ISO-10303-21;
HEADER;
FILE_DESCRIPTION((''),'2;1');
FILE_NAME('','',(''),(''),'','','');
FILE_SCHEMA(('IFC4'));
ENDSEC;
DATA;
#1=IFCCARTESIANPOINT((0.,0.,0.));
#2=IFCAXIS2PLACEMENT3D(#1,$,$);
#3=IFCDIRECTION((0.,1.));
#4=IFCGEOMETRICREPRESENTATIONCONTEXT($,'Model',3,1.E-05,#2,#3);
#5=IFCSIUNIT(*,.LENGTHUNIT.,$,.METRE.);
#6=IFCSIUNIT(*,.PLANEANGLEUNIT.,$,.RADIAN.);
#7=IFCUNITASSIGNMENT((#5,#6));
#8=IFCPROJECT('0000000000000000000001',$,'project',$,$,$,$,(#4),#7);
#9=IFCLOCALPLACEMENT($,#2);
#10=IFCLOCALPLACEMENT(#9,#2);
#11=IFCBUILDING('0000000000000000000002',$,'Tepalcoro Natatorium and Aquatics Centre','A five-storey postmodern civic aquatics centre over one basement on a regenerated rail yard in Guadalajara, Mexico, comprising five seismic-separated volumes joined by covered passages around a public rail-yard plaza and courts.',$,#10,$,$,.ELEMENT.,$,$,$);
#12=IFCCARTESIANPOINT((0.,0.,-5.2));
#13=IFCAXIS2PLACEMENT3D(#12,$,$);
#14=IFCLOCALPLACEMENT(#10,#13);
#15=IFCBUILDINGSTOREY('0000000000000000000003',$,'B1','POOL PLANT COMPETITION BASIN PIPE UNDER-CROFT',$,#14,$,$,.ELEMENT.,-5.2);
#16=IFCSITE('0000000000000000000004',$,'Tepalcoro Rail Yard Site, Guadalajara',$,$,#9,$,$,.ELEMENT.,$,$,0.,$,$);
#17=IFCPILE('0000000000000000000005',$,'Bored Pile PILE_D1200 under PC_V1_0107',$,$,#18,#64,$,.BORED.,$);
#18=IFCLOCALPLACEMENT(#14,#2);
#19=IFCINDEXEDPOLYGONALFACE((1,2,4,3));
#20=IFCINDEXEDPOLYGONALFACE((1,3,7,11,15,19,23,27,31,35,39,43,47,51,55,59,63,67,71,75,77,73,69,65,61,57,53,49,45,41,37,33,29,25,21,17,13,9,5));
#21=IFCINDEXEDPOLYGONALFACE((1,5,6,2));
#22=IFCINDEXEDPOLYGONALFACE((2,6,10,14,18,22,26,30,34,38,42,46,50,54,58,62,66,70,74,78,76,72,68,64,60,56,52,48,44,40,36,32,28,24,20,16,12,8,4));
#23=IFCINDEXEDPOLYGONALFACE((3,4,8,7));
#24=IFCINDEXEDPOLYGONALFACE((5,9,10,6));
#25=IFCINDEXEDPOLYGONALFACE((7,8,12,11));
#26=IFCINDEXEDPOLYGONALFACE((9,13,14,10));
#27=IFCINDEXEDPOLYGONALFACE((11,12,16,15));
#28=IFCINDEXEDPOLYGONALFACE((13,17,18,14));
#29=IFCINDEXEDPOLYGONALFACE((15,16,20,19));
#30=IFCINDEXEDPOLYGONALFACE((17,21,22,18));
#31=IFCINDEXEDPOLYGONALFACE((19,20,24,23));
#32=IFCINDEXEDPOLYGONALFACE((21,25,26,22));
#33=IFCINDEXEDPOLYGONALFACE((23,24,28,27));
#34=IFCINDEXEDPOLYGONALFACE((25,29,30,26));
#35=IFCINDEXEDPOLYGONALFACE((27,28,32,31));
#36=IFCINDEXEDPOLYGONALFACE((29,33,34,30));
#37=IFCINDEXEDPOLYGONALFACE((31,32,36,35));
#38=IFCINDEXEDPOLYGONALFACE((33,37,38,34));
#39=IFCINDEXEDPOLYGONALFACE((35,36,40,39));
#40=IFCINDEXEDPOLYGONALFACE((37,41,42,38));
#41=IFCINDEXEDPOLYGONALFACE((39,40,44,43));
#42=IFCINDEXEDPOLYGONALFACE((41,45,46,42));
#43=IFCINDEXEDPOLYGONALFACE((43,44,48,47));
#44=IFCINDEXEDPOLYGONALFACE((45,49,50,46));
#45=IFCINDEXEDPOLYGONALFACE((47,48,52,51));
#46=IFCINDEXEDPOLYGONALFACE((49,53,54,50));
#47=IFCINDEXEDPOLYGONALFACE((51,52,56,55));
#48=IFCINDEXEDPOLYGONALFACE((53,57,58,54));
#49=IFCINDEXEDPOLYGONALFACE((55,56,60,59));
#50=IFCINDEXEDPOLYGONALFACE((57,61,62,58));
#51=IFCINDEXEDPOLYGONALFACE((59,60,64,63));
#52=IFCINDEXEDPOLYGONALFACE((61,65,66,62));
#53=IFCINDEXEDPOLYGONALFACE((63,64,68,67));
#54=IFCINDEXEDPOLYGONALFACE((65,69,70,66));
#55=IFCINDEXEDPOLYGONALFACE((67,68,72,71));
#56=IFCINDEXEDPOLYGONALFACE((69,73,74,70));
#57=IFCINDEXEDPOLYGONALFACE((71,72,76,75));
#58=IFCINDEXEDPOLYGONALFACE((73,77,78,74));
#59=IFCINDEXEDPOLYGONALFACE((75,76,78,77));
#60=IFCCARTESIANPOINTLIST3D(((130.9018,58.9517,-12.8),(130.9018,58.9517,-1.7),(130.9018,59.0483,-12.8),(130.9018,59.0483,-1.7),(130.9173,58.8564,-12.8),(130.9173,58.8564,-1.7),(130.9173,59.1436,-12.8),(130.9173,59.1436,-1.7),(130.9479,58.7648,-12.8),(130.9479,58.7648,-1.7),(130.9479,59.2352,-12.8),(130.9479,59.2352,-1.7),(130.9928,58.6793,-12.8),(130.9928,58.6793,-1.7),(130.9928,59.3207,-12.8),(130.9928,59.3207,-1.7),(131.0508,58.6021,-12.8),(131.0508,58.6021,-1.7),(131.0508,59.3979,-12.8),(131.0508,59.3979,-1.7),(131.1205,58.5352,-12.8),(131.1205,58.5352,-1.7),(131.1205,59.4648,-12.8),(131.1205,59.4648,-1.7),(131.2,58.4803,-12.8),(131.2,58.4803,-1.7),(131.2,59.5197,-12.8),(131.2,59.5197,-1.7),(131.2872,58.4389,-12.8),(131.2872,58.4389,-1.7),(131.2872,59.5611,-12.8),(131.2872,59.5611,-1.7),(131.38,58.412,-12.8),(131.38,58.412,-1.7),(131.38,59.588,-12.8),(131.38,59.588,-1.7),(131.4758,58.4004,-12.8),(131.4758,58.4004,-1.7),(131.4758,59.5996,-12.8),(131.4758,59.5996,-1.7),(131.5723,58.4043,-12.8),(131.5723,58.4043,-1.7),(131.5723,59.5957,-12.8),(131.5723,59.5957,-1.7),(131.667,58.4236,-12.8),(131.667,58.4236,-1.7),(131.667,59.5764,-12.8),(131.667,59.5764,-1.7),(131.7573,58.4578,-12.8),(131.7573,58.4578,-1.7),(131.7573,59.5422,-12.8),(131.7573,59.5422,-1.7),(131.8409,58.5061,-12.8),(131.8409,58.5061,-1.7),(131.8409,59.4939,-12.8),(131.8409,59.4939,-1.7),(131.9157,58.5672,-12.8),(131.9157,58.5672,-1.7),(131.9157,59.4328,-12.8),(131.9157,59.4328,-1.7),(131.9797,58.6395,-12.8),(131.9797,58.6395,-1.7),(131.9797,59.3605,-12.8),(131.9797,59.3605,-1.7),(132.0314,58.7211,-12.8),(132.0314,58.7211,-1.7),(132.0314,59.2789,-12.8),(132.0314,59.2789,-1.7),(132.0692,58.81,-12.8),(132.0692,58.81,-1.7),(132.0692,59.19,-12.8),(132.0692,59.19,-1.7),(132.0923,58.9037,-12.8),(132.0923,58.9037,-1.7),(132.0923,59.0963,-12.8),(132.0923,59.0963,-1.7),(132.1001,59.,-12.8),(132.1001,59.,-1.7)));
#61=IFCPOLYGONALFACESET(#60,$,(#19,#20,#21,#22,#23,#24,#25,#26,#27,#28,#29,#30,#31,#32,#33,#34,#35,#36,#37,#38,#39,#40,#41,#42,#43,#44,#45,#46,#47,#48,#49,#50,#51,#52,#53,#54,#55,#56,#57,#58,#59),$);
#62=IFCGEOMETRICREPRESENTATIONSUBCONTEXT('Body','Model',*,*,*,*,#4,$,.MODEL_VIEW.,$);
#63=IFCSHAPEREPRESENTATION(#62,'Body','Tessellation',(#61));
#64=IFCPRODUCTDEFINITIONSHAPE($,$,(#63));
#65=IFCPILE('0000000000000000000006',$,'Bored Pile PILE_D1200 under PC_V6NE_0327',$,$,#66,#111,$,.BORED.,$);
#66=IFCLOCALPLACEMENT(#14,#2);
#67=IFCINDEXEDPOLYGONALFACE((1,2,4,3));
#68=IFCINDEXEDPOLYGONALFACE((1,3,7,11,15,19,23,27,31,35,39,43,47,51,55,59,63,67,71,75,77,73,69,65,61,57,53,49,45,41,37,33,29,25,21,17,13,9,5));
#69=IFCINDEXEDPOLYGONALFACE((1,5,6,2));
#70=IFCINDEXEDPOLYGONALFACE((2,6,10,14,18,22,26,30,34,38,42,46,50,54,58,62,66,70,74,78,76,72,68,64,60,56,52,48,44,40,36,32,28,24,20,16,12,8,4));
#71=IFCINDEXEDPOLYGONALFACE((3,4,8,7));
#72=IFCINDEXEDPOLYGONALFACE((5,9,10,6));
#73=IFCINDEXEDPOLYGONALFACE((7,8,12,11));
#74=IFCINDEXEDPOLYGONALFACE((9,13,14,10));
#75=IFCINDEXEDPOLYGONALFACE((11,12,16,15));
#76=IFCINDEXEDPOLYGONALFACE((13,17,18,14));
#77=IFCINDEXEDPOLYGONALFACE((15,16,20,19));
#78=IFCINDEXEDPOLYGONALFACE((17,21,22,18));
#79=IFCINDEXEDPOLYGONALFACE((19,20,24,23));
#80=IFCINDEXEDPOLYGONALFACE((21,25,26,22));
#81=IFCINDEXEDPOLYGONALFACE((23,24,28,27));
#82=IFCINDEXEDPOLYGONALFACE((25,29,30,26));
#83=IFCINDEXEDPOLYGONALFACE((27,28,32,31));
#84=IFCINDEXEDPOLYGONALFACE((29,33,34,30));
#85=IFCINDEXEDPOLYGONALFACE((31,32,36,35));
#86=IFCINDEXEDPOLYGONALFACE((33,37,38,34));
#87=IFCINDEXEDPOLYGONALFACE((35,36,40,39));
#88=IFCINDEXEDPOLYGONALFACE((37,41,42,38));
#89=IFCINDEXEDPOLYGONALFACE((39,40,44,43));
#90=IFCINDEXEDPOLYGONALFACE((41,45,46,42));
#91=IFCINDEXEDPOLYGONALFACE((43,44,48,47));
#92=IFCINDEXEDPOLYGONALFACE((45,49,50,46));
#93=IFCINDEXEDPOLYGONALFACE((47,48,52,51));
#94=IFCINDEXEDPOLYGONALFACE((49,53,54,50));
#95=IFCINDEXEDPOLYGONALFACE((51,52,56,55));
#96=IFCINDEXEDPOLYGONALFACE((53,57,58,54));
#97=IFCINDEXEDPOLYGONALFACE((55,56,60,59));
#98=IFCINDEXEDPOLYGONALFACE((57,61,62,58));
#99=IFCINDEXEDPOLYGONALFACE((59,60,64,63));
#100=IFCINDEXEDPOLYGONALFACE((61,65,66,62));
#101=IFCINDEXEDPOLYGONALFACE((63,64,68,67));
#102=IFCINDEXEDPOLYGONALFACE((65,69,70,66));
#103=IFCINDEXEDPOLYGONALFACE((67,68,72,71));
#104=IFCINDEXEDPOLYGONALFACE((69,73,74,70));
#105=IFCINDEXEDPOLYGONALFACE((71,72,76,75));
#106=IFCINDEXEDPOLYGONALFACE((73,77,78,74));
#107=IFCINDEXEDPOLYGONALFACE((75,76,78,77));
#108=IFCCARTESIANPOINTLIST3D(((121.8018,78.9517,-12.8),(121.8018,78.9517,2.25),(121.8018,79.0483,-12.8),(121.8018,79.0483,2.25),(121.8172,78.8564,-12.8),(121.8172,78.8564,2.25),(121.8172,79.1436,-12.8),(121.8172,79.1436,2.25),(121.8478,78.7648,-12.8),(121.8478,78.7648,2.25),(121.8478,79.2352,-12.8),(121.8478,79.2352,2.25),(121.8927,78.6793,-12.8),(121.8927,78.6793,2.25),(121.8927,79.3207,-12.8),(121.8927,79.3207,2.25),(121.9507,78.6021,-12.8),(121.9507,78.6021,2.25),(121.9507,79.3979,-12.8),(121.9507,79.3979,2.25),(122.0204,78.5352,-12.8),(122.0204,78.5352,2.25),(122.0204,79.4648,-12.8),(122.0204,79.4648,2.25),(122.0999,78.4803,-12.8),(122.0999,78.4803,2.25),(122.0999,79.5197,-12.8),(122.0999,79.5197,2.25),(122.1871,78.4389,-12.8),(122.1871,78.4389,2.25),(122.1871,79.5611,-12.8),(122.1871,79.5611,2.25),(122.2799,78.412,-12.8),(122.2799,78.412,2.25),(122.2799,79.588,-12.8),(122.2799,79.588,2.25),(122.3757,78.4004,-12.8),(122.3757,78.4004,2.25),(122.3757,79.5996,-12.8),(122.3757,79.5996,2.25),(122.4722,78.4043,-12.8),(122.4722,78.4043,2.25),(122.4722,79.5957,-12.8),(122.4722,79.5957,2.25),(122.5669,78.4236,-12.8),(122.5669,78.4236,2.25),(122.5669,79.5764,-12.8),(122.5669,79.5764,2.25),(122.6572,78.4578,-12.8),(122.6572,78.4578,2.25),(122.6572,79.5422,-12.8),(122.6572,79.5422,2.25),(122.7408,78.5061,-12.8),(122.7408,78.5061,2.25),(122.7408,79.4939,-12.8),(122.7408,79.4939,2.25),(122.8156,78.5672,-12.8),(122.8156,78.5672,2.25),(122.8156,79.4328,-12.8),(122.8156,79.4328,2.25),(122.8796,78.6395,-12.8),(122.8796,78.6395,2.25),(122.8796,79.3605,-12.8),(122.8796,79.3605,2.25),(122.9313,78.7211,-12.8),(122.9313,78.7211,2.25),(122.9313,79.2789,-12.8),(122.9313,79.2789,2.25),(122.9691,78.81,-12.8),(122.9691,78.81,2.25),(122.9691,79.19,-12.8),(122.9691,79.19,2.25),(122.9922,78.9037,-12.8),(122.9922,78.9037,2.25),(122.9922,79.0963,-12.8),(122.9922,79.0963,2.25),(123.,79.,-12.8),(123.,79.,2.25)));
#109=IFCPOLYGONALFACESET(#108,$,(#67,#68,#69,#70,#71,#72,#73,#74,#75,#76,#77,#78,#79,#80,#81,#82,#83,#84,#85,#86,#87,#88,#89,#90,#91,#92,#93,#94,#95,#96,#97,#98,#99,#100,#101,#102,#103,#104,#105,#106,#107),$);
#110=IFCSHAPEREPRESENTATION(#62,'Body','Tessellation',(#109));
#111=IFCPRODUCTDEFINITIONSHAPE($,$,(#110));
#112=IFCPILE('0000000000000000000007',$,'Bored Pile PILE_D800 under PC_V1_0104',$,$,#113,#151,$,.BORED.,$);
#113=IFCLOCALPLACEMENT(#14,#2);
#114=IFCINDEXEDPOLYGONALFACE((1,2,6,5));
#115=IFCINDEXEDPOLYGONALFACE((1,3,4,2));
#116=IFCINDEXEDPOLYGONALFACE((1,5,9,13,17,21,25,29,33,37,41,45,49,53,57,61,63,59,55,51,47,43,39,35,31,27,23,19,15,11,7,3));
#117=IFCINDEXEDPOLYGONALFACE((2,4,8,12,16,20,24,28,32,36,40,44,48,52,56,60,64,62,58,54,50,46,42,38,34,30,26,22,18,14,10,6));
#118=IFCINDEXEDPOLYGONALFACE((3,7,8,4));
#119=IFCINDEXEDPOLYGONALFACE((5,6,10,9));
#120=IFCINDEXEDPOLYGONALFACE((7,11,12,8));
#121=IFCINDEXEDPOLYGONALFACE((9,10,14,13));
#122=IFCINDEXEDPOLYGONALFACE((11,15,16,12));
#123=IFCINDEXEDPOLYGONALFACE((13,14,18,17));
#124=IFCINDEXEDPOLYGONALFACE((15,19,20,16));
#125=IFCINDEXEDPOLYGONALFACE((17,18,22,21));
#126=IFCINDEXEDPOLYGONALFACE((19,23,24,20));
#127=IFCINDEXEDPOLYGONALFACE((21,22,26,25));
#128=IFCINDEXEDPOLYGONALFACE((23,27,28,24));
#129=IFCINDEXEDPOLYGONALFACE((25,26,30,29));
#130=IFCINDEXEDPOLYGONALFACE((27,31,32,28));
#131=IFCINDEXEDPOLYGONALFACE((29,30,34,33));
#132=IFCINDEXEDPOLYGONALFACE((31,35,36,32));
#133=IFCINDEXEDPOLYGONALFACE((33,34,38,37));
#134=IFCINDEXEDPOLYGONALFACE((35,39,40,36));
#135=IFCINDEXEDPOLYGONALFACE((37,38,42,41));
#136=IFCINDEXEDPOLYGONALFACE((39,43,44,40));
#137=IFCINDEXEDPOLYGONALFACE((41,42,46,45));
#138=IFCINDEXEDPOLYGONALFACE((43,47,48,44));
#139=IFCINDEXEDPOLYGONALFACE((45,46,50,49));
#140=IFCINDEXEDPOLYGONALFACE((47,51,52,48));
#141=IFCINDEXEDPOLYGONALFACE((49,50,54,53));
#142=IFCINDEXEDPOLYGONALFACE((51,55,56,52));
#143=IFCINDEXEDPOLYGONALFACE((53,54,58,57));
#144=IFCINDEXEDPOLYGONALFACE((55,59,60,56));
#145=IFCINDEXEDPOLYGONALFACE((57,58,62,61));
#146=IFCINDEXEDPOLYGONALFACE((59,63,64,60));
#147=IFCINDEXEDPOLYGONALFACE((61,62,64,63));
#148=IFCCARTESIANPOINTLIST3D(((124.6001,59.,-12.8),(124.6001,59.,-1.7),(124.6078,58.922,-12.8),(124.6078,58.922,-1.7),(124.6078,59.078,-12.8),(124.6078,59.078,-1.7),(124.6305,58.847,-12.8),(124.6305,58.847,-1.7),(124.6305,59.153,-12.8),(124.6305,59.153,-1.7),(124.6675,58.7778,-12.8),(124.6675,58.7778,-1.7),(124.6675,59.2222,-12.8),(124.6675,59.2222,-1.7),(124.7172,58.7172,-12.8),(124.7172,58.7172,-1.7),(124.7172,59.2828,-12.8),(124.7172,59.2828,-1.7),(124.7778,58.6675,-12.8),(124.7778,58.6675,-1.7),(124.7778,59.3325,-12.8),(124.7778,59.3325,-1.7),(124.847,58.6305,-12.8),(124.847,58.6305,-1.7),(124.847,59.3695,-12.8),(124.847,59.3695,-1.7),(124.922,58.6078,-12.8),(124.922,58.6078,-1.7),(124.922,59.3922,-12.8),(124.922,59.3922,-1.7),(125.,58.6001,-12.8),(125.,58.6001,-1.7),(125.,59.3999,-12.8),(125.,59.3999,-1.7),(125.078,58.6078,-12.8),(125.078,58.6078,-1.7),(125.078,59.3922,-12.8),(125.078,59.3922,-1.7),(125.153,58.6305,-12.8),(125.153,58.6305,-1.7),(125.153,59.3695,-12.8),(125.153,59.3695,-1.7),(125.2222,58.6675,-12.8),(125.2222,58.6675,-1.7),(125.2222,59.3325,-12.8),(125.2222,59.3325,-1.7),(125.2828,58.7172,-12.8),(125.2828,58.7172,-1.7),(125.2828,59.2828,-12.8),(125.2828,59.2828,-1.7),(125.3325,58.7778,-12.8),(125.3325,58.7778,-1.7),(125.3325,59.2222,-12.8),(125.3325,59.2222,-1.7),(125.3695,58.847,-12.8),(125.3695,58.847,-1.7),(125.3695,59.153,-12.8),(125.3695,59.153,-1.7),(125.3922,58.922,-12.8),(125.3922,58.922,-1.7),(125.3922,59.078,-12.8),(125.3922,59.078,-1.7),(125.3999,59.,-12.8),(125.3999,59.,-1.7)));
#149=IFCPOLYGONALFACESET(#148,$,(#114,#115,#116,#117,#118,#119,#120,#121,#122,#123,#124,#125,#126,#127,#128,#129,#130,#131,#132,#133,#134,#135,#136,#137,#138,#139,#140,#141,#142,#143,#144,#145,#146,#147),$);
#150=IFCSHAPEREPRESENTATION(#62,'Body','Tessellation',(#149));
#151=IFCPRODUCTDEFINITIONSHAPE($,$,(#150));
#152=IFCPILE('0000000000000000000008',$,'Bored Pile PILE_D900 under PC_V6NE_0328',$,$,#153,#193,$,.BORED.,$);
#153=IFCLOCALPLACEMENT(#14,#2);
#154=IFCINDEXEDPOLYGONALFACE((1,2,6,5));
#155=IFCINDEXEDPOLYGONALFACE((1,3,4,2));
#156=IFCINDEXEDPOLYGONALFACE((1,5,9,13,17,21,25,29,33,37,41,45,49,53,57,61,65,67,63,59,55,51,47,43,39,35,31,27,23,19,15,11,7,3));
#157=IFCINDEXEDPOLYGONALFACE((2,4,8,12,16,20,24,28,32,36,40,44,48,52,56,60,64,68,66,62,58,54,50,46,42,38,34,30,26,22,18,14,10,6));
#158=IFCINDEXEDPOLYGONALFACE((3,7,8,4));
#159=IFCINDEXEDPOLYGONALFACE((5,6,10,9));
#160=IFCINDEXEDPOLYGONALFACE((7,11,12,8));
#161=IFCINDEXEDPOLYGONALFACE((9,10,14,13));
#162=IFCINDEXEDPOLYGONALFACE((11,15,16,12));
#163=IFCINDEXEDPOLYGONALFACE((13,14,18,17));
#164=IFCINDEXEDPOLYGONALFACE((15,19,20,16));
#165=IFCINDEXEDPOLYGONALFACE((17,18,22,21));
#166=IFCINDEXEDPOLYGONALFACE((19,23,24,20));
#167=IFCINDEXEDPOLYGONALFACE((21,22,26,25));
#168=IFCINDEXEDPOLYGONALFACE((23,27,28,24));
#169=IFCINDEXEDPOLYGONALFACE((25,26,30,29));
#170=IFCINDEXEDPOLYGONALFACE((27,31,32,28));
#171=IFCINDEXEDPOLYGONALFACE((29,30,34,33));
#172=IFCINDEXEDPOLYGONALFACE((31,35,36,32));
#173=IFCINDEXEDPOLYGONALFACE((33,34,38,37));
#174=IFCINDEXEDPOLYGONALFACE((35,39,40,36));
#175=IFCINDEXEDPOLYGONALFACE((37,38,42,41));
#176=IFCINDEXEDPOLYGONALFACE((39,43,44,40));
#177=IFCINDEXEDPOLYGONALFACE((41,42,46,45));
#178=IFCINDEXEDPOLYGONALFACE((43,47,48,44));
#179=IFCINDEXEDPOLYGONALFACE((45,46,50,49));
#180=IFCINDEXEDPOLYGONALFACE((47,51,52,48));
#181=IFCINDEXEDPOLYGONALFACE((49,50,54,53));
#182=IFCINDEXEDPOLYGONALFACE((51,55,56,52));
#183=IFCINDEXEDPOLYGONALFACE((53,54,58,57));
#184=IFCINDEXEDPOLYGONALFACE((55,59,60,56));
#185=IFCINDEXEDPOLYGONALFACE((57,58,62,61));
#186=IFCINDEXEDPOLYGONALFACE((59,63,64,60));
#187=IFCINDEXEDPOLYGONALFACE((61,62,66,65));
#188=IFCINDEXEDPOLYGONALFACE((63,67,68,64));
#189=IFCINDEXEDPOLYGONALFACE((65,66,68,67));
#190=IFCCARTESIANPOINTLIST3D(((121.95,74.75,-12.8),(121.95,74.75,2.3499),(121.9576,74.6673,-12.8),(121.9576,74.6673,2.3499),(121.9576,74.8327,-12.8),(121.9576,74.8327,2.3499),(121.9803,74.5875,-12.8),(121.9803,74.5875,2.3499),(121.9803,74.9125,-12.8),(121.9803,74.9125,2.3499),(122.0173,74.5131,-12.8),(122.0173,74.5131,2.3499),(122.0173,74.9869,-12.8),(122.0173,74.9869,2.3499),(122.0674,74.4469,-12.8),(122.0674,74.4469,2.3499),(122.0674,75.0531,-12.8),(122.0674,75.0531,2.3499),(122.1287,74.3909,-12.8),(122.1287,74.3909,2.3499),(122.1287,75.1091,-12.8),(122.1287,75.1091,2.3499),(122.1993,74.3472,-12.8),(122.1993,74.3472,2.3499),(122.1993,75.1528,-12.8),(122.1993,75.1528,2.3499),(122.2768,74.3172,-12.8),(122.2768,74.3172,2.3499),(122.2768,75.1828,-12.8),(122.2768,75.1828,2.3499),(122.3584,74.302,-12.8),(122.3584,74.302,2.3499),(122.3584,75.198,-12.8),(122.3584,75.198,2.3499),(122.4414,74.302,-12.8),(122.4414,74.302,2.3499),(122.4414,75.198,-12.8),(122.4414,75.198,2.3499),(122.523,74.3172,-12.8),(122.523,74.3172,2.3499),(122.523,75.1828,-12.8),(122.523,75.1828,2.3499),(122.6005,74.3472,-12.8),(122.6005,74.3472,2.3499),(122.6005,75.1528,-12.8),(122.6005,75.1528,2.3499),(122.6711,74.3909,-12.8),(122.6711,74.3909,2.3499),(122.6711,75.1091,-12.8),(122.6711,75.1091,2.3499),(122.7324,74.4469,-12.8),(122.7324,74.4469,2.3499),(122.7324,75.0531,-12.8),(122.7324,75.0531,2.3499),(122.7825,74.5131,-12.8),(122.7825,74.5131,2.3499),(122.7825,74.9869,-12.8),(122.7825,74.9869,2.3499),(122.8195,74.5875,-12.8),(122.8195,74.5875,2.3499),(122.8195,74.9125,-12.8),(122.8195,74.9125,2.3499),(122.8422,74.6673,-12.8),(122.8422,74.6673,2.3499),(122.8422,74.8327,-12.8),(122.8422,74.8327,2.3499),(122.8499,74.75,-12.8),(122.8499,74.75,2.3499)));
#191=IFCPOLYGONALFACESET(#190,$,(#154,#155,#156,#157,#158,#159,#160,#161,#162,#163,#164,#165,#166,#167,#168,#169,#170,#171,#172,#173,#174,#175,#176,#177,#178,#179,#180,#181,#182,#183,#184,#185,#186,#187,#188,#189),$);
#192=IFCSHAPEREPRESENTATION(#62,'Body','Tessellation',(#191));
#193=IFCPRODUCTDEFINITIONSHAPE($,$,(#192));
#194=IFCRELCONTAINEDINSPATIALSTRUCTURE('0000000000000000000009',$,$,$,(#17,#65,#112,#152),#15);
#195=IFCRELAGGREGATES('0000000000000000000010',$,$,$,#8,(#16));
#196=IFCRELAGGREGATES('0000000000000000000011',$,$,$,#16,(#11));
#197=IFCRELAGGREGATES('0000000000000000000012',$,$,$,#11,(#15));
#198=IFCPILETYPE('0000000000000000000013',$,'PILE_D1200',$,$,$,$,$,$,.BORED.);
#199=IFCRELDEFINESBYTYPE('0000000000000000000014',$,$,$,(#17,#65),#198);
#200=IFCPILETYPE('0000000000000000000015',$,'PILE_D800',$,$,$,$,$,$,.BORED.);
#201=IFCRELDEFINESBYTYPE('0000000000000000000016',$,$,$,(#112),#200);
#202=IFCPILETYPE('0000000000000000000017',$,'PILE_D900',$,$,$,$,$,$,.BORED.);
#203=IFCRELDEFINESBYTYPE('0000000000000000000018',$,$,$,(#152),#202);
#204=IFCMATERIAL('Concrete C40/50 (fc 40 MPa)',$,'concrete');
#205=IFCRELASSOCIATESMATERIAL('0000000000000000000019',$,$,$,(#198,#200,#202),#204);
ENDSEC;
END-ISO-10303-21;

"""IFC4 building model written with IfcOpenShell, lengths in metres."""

from ifc_helpers import new_model, si_unit, direction, frame, origin, origin_2d, place, context, subcontext, project, spatial, circle, extrude, material, material_profile, profile_set, type_object, element, save


model = new_model("IFC4")

# Units and contexts
model_context = context("Model", 3, precision=1e-05, world=origin(), true_north=direction((0.0, 1.0)))
body_context = subcontext(model_context, "Body", "Model", "MODEL_VIEW")
ifc_project = project(units=[si_unit("LENGTHUNIT", "METRE"), si_unit("PLANEANGLEUNIT", "RADIAN")], contexts=[model_context])

# Site, building, storey
site_placement = place(None, origin())
site = spatial("IfcSite", under=ifc_project, at=site_placement, Name="Tepalcoro Rail Yard Site, Guadalajara", CompositionType="ELEMENT", RefElevation=0.0)
building_placement = place(site_placement, origin())
building = spatial("IfcBuilding", under=site, at=building_placement, Name="Tepalcoro Natatorium and Aquatics Centre", Description="A five-storey postmodern civic aquatics centre over one basement on a regenerated rail yard in Guadalajara, Mexico, comprising five seismic-separated volumes joined by covered passages around a public rail-yard plaza and courts.", CompositionType="ELEMENT")
storey_placement = place(building_placement, frame((0.0, 0.0, -5.2)))
storey = spatial("IfcBuildingStorey", under=building, at=storey_placement, Name="B1", Description="POOL PLANT COMPETITION BASIN PIPE UNDER-CROFT", CompositionType="ELEMENT", Elevation=-5.2)

# Piles
ifc_material = material(Name="Concrete C40/50 (fc 40 MPa)", Category="concrete")
ifc_material_profile_1 = material_profile(ifc_material, circle(Radius=0.6001, at=origin_2d()), Name="PILE_D1200")
ifc_profile_set_1 = profile_set([ifc_material_profile_1], Name="Concrete C40/50 (fc 40 MPa)")
pile_type_1 = type_object("IfcPileType", Name="PILE_D1200", PredefinedType="BORED", material=ifc_profile_set_1)
pile_1_placement = place(storey_placement, frame((131.5, 59.0, -1.7), z_axis=(0.0, 0.0, -1.0), x_axis=(1.0, 0.0, 0.0)))
element("IfcPile", 1, at=pile_1_placement, inside=storey, type_object=pile_type_1, Name="Bored Pile PILE_D1200 under PC_V1_0107", PredefinedType="BORED", context=body_context, shape_type="SweptSolid", body=[
    extrude(circle(Radius=0.6001, at=origin_2d()), origin(), (0.0, 0.0, 1.0), 11.1001),
])
pile_2_placement = place(storey_placement, frame((122.3999, 79.0, 2.25), z_axis=(0.0, 0.0, -1.0), x_axis=(1.0, 0.0, 0.0)))
element("IfcPile", 2, at=pile_2_placement, inside=storey, type_object=pile_type_1, Name="Bored Pile PILE_D1200 under PC_V6NE_0327", PredefinedType="BORED", context=body_context, shape_type="SweptSolid", body=[
    extrude(circle(Radius=0.6001, at=origin_2d()), origin(), (0.0, 0.0, 1.0), 15.05),
])
ifc_material_profile_2 = material_profile(ifc_material, circle(Radius=0.3999, at=origin_2d()), Name="PILE_D800")
ifc_profile_set_2 = profile_set([ifc_material_profile_2], Name="Concrete C40/50 (fc 40 MPa)")
pile_type_2 = type_object("IfcPileType", Name="PILE_D800", PredefinedType="BORED", material=ifc_profile_set_2)
pile_3_placement = place(storey_placement, frame((125.0, 59.0, -1.7), z_axis=(0.0, 0.0, -1.0), x_axis=(1.0, 0.0, 0.0)))
element("IfcPile", 3, at=pile_3_placement, inside=storey, type_object=pile_type_2, Name="Bored Pile PILE_D800 under PC_V1_0104", PredefinedType="BORED", context=body_context, shape_type="SweptSolid", body=[
    extrude(circle(Radius=0.3999, at=origin_2d()), origin(), (0.0, 0.0, 1.0), 11.1001),
])
ifc_material_profile_3 = material_profile(ifc_material, circle(Radius=0.45, at=origin_2d()), Name="PILE_D900")
ifc_profile_set_3 = profile_set([ifc_material_profile_3], Name="Concrete C40/50 (fc 40 MPa)")
pile_type_3 = type_object("IfcPileType", Name="PILE_D900", PredefinedType="BORED", material=ifc_profile_set_3)
pile_4_placement = place(storey_placement, frame((122.3999, 74.75, 2.3499), z_axis=(0.0, 0.0, -1.0), x_axis=(1.0, 0.0, 0.0)))
element("IfcPile", 4, at=pile_4_placement, inside=storey, type_object=pile_type_3, Name="Bored Pile PILE_D900 under PC_V6NE_0328", PredefinedType="BORED", context=body_context, shape_type="SweptSolid", body=[
    extrude(circle(Radius=0.45, at=origin_2d()), origin(), (0.0, 0.0, 1.0), 15.1499),
])

save(model, "model.ifc")
